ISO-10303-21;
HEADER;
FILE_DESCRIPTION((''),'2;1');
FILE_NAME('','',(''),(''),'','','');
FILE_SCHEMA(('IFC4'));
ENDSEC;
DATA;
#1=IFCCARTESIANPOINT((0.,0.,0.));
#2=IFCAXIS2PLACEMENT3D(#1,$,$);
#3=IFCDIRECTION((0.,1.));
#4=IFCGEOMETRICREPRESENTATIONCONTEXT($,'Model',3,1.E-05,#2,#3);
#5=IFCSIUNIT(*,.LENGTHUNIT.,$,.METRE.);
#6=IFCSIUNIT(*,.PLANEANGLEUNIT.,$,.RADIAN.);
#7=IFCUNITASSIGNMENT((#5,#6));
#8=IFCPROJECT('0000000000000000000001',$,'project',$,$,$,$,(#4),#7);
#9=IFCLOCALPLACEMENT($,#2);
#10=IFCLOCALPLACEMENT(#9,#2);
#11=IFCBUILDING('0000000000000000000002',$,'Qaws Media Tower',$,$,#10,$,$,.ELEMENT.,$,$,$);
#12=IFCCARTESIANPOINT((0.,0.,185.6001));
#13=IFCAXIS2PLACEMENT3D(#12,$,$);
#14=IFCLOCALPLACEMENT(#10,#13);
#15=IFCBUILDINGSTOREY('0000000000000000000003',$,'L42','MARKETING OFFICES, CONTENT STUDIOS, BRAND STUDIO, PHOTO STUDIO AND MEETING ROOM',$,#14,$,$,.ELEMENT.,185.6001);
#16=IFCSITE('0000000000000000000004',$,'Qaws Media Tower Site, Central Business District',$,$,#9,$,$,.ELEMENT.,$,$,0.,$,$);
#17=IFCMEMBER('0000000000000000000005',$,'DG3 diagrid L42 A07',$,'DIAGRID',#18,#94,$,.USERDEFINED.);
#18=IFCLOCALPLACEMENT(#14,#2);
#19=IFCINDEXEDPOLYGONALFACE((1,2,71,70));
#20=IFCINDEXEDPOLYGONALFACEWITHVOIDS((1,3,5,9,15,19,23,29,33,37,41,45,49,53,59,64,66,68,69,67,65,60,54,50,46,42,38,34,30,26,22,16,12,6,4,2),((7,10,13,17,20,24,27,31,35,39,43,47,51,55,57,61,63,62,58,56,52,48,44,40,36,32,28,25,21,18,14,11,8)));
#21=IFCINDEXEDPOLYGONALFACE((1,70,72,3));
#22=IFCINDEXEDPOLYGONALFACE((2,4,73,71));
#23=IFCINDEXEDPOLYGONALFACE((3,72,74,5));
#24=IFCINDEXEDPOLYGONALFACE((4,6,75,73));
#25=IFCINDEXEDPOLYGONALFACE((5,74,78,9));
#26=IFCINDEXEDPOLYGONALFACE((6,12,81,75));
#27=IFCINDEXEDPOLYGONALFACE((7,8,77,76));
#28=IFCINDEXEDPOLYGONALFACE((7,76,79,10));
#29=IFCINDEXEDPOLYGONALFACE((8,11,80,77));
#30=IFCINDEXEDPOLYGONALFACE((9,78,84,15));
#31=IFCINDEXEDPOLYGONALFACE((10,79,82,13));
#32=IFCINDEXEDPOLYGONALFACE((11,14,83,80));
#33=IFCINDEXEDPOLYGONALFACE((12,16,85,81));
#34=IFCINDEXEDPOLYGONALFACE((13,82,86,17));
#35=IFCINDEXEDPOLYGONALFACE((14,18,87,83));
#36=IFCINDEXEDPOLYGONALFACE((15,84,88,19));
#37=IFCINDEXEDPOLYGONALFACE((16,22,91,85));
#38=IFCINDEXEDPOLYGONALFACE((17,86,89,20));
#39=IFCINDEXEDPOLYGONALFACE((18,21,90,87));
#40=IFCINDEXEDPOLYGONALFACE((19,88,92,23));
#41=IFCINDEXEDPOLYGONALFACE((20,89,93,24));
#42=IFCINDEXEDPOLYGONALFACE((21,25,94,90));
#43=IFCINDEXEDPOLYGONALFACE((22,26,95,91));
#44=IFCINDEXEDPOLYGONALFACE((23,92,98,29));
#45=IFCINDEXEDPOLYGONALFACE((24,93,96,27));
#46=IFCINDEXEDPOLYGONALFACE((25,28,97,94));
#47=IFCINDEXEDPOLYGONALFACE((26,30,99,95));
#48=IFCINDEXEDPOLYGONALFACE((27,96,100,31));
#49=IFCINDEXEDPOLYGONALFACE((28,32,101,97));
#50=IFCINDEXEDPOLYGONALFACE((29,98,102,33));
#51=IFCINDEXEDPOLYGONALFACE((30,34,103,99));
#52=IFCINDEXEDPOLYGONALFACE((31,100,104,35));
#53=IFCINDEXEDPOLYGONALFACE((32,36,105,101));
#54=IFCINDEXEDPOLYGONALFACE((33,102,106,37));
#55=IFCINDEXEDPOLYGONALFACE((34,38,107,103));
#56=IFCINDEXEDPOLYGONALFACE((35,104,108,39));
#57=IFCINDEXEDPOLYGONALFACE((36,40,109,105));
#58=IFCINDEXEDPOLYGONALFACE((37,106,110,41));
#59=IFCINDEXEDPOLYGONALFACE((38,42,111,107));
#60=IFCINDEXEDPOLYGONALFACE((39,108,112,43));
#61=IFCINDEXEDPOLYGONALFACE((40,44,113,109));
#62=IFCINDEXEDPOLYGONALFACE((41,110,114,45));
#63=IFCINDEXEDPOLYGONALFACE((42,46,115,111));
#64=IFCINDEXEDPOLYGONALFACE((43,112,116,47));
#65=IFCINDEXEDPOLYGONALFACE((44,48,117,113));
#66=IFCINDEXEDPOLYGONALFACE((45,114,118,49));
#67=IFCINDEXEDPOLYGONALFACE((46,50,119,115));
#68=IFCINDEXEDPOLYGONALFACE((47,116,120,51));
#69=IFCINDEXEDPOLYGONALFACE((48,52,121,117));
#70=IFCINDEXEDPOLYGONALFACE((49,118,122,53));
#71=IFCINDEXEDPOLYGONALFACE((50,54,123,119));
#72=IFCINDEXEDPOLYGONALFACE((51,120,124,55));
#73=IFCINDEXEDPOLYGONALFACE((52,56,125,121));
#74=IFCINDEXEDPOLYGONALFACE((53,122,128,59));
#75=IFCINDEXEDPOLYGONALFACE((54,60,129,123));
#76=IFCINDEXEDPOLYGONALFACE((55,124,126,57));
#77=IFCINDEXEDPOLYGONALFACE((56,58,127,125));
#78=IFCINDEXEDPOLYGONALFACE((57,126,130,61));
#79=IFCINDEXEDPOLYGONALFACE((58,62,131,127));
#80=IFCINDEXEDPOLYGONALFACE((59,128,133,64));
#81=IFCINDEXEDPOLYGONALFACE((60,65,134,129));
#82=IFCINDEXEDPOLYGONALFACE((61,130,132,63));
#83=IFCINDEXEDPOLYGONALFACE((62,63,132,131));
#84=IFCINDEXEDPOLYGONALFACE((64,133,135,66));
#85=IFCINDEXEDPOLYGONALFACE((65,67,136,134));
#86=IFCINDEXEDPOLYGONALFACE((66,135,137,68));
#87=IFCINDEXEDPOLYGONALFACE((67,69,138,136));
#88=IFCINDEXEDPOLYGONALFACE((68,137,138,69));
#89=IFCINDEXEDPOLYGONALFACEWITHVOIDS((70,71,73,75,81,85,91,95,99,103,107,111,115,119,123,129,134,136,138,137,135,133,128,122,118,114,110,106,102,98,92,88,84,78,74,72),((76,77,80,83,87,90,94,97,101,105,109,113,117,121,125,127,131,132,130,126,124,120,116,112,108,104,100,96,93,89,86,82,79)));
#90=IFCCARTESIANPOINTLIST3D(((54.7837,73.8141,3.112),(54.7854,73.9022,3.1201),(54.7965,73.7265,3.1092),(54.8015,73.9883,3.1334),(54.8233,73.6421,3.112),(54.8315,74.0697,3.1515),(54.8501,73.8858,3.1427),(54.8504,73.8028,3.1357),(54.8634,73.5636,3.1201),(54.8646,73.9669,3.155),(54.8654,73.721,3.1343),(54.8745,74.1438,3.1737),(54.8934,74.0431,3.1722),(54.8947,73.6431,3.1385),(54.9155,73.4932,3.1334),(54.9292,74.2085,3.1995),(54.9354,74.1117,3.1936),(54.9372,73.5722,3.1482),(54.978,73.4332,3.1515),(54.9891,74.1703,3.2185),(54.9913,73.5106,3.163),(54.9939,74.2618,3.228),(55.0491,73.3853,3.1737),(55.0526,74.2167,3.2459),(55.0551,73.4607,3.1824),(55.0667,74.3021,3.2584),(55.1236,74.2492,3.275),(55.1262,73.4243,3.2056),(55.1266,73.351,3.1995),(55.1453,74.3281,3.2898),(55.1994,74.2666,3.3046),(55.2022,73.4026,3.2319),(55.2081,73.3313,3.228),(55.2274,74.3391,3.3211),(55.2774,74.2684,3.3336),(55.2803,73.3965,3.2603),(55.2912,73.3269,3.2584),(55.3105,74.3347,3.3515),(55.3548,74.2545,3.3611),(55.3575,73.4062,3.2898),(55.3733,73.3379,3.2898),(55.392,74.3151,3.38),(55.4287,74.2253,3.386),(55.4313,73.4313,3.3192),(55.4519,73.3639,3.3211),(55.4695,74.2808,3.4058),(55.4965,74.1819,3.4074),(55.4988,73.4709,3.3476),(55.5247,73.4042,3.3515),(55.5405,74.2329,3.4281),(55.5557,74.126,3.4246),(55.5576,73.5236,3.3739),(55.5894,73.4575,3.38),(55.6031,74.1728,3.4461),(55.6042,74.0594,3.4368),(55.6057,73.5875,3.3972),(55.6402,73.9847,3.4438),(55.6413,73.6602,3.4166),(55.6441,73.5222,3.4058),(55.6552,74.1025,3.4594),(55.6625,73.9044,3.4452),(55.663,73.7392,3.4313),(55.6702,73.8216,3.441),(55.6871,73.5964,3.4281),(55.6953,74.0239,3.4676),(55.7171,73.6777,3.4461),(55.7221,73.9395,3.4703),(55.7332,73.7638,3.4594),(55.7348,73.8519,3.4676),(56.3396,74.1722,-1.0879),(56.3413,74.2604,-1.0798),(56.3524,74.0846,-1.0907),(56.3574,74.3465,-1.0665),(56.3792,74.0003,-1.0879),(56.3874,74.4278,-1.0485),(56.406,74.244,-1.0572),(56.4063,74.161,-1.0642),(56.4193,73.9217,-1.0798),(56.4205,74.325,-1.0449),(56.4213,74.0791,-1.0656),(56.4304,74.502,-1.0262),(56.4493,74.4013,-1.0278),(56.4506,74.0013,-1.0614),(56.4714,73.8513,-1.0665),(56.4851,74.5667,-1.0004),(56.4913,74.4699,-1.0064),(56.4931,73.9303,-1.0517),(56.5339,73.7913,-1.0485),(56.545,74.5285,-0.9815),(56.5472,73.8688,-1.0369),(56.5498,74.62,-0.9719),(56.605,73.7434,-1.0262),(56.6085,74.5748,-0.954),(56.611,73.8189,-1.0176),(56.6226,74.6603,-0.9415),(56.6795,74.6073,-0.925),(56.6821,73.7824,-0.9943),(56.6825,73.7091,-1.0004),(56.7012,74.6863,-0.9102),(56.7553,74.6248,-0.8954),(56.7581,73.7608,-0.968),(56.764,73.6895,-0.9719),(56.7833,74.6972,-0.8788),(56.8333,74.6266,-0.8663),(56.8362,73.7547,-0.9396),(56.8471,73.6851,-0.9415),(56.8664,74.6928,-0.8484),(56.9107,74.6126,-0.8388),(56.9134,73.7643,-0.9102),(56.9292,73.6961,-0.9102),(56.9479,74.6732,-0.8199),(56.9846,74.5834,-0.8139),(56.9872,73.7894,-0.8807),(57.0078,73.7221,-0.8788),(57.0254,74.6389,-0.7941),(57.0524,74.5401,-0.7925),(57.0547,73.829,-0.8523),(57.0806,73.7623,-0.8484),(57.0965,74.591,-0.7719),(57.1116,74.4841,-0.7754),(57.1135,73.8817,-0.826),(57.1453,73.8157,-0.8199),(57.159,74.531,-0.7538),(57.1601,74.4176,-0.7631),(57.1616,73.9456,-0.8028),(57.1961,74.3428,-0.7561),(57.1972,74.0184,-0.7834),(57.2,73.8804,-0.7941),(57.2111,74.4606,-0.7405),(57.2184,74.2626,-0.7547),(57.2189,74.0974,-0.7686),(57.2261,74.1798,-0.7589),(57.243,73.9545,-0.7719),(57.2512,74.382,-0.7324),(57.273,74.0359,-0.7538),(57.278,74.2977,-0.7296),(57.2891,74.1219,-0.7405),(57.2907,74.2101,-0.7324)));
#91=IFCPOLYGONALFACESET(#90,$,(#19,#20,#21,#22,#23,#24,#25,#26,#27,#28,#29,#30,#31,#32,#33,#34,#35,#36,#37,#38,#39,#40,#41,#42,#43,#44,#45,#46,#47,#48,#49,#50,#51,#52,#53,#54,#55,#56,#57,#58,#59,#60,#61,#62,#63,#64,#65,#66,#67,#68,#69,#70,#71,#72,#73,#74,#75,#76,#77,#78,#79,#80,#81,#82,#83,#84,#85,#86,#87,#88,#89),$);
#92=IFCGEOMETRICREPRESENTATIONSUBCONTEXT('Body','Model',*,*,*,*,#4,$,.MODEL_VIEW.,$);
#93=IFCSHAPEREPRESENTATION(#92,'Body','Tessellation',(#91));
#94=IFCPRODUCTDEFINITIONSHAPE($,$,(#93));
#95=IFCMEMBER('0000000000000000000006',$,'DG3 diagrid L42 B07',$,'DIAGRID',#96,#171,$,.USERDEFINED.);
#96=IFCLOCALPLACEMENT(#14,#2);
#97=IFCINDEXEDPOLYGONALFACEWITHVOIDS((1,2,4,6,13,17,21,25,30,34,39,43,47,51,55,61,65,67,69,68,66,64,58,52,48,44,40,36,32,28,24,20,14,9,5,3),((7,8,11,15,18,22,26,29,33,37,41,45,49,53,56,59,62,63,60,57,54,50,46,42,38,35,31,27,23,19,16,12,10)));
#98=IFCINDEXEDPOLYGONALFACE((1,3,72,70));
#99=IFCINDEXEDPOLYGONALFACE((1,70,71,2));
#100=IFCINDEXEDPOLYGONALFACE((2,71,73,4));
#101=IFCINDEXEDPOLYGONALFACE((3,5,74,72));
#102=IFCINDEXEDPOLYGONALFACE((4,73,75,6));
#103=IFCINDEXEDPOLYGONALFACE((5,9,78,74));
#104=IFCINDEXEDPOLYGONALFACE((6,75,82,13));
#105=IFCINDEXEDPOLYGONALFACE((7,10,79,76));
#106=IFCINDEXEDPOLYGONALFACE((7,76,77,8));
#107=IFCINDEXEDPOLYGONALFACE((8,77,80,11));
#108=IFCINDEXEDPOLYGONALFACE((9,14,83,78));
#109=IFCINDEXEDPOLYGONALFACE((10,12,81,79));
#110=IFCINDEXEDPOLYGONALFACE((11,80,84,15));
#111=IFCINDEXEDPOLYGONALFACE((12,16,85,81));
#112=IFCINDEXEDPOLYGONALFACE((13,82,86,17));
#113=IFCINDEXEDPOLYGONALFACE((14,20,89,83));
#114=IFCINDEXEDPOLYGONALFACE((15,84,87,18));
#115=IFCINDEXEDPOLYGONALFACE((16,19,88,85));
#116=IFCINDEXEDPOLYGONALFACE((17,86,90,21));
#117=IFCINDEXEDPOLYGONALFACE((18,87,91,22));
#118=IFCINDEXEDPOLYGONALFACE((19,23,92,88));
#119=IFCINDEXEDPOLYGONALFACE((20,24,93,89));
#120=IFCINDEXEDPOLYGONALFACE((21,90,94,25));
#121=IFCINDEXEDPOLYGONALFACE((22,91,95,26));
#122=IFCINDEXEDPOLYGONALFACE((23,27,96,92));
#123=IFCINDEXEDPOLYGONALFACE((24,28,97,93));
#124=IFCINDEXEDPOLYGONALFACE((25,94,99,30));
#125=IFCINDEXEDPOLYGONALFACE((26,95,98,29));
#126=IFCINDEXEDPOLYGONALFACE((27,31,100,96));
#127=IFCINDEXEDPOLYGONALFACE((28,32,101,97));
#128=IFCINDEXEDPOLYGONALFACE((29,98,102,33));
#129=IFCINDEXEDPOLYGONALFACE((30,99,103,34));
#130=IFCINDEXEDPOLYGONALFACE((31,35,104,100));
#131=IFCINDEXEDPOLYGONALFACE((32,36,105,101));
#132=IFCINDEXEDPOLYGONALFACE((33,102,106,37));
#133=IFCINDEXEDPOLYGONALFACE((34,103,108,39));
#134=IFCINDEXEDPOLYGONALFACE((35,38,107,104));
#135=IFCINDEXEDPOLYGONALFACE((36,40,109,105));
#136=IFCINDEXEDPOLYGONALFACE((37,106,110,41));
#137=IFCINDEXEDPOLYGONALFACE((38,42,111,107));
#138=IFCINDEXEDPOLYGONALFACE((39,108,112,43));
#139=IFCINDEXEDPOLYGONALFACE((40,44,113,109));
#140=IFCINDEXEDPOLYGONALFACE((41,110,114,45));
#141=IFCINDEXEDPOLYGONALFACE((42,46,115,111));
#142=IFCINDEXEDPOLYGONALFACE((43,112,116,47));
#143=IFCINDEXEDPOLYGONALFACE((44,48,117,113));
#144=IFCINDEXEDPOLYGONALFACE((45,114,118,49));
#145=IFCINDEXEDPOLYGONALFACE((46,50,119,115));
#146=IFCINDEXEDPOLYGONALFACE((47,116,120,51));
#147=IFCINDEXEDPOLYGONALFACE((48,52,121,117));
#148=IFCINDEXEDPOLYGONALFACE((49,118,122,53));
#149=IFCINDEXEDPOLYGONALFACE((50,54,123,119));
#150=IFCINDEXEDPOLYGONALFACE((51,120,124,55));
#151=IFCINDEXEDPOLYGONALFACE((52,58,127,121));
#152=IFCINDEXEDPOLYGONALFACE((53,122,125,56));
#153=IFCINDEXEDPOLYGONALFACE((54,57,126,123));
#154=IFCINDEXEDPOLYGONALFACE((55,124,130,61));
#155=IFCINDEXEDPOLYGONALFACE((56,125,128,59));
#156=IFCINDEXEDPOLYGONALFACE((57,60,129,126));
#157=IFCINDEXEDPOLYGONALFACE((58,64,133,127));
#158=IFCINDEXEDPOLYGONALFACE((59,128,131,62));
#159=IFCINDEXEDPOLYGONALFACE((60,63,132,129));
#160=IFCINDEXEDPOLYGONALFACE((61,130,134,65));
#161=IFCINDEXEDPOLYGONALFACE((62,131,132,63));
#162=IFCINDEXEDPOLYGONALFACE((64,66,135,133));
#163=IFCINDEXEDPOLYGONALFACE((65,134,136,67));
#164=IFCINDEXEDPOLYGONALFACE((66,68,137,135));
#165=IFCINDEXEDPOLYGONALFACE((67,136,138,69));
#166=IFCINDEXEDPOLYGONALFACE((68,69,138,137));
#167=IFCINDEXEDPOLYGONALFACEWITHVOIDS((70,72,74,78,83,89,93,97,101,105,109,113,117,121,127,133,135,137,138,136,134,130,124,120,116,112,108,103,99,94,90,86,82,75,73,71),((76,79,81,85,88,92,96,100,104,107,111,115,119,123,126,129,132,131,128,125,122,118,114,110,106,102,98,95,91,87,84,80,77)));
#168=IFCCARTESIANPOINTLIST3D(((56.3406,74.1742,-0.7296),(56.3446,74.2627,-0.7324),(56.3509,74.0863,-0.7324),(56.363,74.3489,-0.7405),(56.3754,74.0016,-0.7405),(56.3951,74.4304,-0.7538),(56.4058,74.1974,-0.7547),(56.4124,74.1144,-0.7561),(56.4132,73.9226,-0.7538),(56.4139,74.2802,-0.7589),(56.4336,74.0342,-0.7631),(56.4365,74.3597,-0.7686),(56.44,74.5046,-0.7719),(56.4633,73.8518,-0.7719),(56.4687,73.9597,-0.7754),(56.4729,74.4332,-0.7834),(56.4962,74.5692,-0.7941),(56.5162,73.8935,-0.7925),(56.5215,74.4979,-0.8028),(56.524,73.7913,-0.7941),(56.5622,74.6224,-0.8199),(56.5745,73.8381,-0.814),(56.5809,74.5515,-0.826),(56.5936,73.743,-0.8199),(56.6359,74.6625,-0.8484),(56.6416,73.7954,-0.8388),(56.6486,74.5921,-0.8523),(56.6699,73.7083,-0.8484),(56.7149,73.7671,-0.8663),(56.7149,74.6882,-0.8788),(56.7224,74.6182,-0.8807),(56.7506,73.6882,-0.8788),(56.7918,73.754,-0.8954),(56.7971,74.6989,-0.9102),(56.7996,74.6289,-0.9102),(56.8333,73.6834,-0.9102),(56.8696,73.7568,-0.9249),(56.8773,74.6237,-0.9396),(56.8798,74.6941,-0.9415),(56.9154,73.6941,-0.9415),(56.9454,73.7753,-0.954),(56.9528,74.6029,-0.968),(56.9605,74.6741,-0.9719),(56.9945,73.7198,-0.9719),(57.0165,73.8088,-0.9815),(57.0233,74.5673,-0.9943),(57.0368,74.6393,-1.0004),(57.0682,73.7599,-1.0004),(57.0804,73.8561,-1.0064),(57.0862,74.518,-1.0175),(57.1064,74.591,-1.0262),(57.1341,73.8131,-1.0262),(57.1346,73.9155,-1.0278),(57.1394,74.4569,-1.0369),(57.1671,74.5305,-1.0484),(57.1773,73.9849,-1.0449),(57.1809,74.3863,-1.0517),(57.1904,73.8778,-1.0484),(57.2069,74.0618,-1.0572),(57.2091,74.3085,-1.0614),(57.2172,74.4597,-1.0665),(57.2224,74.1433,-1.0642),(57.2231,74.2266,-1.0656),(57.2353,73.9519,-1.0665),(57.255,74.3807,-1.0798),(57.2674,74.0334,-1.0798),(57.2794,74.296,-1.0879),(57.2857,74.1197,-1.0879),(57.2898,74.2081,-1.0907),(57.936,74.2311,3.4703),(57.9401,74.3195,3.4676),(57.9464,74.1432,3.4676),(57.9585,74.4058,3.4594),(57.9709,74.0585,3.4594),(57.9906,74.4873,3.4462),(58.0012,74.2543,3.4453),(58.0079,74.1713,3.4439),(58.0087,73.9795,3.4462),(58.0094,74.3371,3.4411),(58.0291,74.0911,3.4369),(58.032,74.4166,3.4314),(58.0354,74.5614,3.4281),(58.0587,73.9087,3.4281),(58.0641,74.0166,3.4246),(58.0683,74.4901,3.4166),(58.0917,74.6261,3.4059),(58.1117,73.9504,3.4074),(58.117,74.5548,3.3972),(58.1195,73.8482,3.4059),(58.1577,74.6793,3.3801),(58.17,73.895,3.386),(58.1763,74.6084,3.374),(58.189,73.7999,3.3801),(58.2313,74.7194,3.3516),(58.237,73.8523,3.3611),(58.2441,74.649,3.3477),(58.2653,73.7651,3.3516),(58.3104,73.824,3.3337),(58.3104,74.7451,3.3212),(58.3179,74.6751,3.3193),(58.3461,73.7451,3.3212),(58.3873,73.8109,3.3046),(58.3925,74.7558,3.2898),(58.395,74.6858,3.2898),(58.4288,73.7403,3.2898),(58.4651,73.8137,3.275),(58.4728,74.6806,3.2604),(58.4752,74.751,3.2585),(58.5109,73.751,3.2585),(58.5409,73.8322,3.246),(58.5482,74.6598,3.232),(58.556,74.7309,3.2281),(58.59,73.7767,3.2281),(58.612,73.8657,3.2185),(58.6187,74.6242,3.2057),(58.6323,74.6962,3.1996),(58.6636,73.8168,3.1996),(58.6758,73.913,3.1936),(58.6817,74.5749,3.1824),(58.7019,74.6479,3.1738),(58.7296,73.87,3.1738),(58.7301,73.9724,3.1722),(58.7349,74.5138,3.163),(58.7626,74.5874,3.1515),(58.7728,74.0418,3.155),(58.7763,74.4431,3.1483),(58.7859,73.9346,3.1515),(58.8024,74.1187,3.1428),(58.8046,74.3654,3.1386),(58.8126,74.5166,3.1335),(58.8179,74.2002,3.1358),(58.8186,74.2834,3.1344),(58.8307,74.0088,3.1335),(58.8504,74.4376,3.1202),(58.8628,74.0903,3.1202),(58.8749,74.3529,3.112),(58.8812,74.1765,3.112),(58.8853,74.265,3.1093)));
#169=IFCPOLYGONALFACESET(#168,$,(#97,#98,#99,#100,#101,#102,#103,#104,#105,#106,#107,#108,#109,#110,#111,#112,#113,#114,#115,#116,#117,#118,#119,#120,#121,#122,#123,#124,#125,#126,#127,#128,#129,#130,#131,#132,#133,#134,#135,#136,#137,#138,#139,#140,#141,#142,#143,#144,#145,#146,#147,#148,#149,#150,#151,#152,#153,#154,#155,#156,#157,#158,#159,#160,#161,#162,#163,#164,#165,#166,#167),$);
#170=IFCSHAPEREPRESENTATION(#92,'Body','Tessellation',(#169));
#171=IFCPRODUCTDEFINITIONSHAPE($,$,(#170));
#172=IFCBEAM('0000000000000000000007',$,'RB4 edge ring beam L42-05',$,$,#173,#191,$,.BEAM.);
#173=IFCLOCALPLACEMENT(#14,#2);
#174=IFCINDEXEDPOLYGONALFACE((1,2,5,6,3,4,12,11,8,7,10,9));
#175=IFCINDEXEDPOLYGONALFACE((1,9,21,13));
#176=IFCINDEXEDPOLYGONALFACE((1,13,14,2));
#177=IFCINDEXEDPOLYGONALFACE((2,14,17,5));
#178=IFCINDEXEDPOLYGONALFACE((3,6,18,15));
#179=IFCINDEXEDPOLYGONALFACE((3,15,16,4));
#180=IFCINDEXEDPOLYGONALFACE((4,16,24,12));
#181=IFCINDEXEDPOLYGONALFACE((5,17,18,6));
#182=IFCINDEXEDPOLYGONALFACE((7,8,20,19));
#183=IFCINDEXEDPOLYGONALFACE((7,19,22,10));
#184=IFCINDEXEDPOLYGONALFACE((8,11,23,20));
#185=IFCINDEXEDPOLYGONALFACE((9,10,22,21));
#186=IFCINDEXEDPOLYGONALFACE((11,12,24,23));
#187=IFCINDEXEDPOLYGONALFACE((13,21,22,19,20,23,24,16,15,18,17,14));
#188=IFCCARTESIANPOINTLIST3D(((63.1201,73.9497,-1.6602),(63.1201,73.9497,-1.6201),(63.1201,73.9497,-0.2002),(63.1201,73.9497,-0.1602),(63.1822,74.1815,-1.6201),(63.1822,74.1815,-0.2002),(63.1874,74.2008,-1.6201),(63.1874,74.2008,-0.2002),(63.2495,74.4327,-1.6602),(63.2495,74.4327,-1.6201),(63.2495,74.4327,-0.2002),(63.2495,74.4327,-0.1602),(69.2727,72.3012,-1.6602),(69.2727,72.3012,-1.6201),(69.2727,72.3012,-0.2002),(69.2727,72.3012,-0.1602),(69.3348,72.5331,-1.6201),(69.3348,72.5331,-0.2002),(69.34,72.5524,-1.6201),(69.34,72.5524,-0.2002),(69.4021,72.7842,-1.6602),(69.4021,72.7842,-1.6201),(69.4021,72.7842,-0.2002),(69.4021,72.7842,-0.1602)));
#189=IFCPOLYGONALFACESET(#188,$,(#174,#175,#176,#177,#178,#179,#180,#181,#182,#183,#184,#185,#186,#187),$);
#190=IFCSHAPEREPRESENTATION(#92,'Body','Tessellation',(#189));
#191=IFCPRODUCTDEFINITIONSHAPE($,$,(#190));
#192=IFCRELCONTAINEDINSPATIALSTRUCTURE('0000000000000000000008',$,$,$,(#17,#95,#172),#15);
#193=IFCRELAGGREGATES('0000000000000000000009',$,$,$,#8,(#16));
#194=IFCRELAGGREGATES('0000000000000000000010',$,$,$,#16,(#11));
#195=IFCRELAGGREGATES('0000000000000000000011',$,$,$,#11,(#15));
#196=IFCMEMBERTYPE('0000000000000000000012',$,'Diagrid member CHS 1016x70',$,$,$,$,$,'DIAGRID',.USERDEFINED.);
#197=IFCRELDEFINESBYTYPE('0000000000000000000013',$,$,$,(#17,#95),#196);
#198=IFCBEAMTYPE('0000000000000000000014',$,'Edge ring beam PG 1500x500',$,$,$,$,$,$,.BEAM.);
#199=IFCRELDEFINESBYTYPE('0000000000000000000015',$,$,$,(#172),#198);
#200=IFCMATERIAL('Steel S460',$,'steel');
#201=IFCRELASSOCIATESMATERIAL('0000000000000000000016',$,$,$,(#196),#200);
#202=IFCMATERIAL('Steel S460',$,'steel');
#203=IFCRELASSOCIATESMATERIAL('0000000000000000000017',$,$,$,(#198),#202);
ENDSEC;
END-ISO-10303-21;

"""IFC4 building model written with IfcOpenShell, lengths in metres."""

from ifc_helpers import new_model, si_unit, direction, frame, origin, origin_2d, place, context, subcontext, project, spatial, hollow_circle, i_section, extrude, material, material_profile, profile_set, type_object, element, save


model = new_model("IFC4")

# Units and contexts
model_context = context("Model", 3, precision=1e-05, world=origin(), true_north=direction((0.0, 1.0)))
body_context = subcontext(model_context, "Body", "Model", "MODEL_VIEW")
ifc_project = project(units=[si_unit("LENGTHUNIT", "METRE"), si_unit("PLANEANGLEUNIT", "RADIAN")], contexts=[model_context])

# Site, building, storey
site_placement = place(None, origin())
site = spatial("IfcSite", under=ifc_project, at=site_placement, Name="Qaws Media Tower Site, Central Business District", CompositionType="ELEMENT", RefElevation=0.0)
building_placement = place(site_placement, origin())
building = spatial("IfcBuilding", under=site, at=building_placement, Name="Qaws Media Tower", CompositionType="ELEMENT")
storey_placement = place(building_placement, frame((0.0, 0.0, 185.6001)))
storey = spatial("IfcBuildingStorey", under=building, at=storey_placement, Name="L42", Description="MARKETING OFFICES, CONTENT STUDIOS, BRAND STUDIO, PHOTO STUDIO AND MEETING ROOM", CompositionType="ELEMENT", Elevation=185.6001)

# Members
ifc_material_1 = material(Name="Steel S460", Category="steel")
ifc_material_profile_1 = material_profile(ifc_material_1, hollow_circle(Radius=0.5081, WallThickness=0.0701, at=origin_2d()), Name="CHS 1016x70")
ifc_profile_set_1 = profile_set([ifc_material_profile_1], Name="Steel S460")
member_type_1 = type_object("IfcMemberType", Name="Diagrid member CHS 1016x70", ElementType="DIAGRID", PredefinedType="USERDEFINED", material=ifc_profile_set_1)
for number, where, z_axis, x_axis, name in (
    (1, (56.8152, 74.1912, -0.9102), (-0.346282, -0.079711, 0.934738), (0.224323, -0.974515, 0.0), "DG3 diagrid L42 A07"),
    (2, (56.8152, 74.1912, -0.9102), (0.355088, 0.01266, 0.934747), (-0.035632, 0.999365, 0.0), "DG3 diagrid L42 B07"),
):
    element("IfcMember", number, at=place(storey_placement, frame(where, z_axis=z_axis, x_axis=x_axis)), inside=storey, type_object=member_type_1, Name=name, ObjectType="DIAGRID", PredefinedType="USERDEFINED", context=body_context, shape_type="SweptSolid", body=[
        extrude(hollow_circle(Radius=0.5081, WallThickness=0.0701, at=origin_2d()), origin(), (0.0, 0.0, 1.0), 4.4932),
    ])

# Beam
ifc_material_2 = material(Name="Steel S460", Category="steel")
ifc_material_profile_2 = material_profile(ifc_material_2, i_section(OverallWidth=0.5, OverallDepth=1.5, WebThickness=0.02, FlangeThickness=0.04, at=origin_2d()), Name="PG 1500x500")
ifc_profile_set_2 = profile_set([ifc_material_profile_2], Name="Steel S460")
beam_type = type_object("IfcBeamType", Name="Edge ring beam PG 1500x500", PredefinedType="BEAM", material=ifc_profile_set_2)
for number, where, z_axis, x_axis, name in (
    (3, (69.3374, 72.5427, -0.9102), (-0.965931, 0.258798, 0.0), (-0.258798, -0.965931, 0.0), "RB4 edge ring beam L42-05"),
):
    element("IfcBeam", number, at=place(storey_placement, frame(where, z_axis=z_axis, x_axis=x_axis)), inside=storey, type_object=beam_type, Name=name, PredefinedType="BEAM", context=body_context, shape_type="SweptSolid", body=[
        extrude(i_section(OverallWidth=0.5, OverallDepth=1.5, WebThickness=0.02, FlangeThickness=0.04, at=origin_2d()), origin(), (0.0, 0.0, 1.0), 6.3696),
    ])

save(model, "model.ifc")
